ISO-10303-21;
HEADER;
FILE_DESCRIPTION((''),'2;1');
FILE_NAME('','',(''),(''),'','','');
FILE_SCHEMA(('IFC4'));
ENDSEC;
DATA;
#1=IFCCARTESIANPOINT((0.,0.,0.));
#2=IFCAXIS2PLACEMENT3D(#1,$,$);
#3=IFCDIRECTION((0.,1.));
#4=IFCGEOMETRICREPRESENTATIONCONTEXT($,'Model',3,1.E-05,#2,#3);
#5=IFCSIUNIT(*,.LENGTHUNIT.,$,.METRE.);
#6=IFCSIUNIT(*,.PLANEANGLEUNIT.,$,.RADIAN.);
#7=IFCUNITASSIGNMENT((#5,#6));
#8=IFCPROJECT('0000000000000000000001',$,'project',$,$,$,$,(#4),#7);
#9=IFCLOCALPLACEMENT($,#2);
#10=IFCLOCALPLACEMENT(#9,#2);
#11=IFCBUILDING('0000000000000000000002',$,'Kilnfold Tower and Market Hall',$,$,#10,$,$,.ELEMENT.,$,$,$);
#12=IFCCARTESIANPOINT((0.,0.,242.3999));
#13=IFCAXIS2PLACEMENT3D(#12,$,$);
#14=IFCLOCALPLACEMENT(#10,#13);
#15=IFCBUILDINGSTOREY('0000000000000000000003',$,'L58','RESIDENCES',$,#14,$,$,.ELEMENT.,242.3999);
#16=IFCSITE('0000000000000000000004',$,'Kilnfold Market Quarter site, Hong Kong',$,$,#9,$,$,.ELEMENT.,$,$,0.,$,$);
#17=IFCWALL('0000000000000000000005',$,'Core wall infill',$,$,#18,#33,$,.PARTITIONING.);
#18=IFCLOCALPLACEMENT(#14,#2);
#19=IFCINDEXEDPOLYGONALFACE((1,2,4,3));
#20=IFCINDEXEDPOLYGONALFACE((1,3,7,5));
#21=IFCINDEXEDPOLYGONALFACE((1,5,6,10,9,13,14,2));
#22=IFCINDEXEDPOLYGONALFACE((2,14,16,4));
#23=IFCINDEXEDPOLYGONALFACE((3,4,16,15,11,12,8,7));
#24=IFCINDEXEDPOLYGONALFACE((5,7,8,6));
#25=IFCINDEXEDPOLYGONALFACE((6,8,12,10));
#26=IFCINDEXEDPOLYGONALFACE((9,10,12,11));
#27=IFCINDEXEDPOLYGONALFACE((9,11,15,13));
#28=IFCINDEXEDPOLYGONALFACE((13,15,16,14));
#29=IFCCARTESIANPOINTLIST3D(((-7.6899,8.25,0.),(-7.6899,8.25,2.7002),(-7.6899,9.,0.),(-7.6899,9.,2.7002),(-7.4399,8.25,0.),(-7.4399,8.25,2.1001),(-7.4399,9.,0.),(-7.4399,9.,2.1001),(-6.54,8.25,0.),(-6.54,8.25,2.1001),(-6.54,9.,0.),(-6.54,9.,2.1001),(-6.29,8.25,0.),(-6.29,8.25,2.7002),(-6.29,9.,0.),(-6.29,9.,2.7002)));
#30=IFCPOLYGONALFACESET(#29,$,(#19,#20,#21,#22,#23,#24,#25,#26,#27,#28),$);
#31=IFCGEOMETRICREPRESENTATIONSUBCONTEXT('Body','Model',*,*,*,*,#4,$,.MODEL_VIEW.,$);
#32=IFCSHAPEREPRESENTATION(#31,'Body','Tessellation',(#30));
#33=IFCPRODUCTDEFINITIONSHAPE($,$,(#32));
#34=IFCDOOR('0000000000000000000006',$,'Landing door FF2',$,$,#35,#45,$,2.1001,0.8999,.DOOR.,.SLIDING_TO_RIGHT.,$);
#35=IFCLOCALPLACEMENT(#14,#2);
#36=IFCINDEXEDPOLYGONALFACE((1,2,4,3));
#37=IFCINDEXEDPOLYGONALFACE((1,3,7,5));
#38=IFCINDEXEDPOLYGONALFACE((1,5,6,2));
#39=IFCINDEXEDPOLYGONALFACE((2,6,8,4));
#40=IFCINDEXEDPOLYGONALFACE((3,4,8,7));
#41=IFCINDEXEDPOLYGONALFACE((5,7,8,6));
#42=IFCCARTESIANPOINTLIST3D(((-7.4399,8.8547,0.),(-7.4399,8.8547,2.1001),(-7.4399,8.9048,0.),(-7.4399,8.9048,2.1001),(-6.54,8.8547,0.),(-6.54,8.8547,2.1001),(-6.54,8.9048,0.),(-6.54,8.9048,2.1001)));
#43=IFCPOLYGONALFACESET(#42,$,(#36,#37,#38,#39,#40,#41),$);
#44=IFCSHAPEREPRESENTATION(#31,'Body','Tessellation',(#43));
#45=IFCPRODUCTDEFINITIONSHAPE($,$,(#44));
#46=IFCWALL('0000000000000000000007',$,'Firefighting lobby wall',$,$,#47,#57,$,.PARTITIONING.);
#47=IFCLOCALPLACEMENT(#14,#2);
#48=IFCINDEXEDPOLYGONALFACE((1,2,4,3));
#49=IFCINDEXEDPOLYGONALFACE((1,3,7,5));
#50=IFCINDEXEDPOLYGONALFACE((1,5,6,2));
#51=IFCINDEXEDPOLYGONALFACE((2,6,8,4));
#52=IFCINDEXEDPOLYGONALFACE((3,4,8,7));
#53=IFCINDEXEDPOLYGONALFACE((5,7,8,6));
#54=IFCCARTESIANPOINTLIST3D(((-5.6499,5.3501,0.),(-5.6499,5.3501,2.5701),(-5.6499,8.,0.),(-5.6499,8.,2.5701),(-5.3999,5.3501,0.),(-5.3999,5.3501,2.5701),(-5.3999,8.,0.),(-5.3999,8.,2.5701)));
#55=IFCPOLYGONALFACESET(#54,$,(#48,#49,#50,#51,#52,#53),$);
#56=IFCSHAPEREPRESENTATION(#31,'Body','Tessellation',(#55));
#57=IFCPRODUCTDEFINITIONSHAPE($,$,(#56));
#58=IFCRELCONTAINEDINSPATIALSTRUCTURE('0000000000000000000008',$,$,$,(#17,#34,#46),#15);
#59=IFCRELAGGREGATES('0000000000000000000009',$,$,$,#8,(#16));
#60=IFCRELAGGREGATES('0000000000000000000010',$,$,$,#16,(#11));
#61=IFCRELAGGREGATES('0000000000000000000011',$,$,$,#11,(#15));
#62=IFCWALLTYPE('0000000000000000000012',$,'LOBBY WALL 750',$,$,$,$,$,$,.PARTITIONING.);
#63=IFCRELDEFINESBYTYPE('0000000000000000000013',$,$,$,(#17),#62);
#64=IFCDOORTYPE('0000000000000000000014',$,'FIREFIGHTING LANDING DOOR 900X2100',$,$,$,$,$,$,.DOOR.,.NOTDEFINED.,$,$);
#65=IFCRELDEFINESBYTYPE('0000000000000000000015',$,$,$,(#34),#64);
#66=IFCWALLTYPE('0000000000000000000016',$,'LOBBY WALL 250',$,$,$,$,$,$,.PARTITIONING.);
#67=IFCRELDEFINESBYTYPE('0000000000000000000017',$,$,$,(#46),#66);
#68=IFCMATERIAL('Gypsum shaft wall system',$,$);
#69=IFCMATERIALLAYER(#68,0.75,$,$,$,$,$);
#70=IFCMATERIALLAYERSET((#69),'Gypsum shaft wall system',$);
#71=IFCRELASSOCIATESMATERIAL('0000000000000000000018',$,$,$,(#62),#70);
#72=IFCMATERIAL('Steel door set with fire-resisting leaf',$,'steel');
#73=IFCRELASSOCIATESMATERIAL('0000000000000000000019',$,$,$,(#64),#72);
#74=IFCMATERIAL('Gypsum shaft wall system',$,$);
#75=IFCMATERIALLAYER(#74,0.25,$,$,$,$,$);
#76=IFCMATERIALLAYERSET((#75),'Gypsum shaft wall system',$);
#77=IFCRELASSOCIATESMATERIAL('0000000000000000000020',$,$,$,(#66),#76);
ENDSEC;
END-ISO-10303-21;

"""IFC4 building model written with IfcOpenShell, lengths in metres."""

from ifc_helpers import new_model, si_unit, direction, frame, frame_2d, origin, place, context, subcontext, project, spatial, rectangle, extrude, source, transform, mapped, material, layer, layer_set, type_object, element, fill, save


model = new_model("IFC4")

# Units and contexts
model_context = context("Model", 3, precision=1e-05, world=origin(), true_north=direction((0.0, 1.0)))
body_context = subcontext(model_context, "Body", "Model", "MODEL_VIEW")
ifc_project = project(units=[si_unit("LENGTHUNIT", "METRE"), si_unit("PLANEANGLEUNIT", "RADIAN")], contexts=[model_context])

# Site, building, storey
site_placement = place(None, origin())
site = spatial("IfcSite", under=ifc_project, at=site_placement, Name="Kilnfold Market Quarter site, Hong Kong", CompositionType="ELEMENT", RefElevation=0.0)
building_placement = place(site_placement, origin())
building = spatial("IfcBuilding", under=site, at=building_placement, Name="Kilnfold Tower and Market Hall", CompositionType="ELEMENT")
storey_placement = place(building_placement, frame((0.0, 0.0, 242.3999)))
storey = spatial("IfcBuildingStorey", under=building, at=storey_placement, Name="L58", Description="RESIDENCES", CompositionType="ELEMENT", Elevation=242.3999)

# Wall, opening, door
ifc_material_1 = material(Name="Gypsum shaft wall system")
ifc_layer_1 = layer(ifc_material_1, 0.75)
ifc_layer_set_1 = layer_set([ifc_layer_1], Name="Gypsum shaft wall system")
wall_type_1 = type_object("IfcWallType", Name="LOBBY WALL 750", PredefinedType="PARTITIONING", material=ifc_layer_set_1)
ifc_material_2 = material(Name="Steel door set with fire-resisting leaf", Category="steel")
door_type_1 = type_object("IfcDoorType", Name="FIREFIGHTING LANDING DOOR 900X2100", OperationType="NOTDEFINED", PredefinedType="DOOR", material=ifc_material_2)
shared_shape_1 = source(origin(), body_context, "Body", "SweptSolid", [
    extrude(rectangle(XDim=1.3999, YDim=0.75, at=frame_2d((0.7, 0.0))), origin(), (0.0, 0.0, 1.0), 2.7002),
])
wall_1_placement = place(storey_placement, frame((-7.6899, 8.625, 0.0), z_axis=(0.0, 0.0, 1.0), x_axis=(1.0, 0.0, 0.0)))
wall_1 = element("IfcWall", 1, at=wall_1_placement, inside=storey, type_object=wall_type_1, Name="Core wall infill", PredefinedType="PARTITIONING", context=body_context, shape_type="MappedRepresentation", body=[
    mapped(shared_shape_1, transform((0.0, 0.0, 0.0))),
])
opening_1_placement = place(wall_1_placement, frame((0.25, 0.0, 0.0)))
opening_1 = element("IfcOpeningElement", 2, at=opening_1_placement, cuts=wall_1, PredefinedType="OPENING", context=body_context, shape_type="SweptSolid", body=[
    extrude(rectangle(XDim=0.8999, YDim=2.1001, at=frame_2d((0.45, 1.05))), frame((0.0, 0.385, 0.0), z_axis=(0.0, -1.0, 0.0), x_axis=(1.0, 0.0, 0.0)), (0.0, 0.0, 1.0), 0.77),
])
door_1_placement = place(opening_1_placement, origin())
door_1 = element("IfcDoor", 3, at=door_1_placement, inside=storey, type_object=door_type_1, Name="Landing door FF2", OperationType="SLIDING_TO_RIGHT", OverallHeight=2.1001, OverallWidth=0.8999, PredefinedType="DOOR", context=body_context, shape_type="SweptSolid", body=[
    extrude(rectangle(XDim=0.8999, YDim=2.1001, at=frame_2d((0.45, 1.05))), frame((0.0, 0.2798, 0.0), z_axis=(0.0, -1.0, 0.0), x_axis=(1.0, 0.0, 0.0)), (0.0, 0.0, 1.0), 0.05),
])
fill(opening_1, door_1)

# Wall
ifc_material_3 = material(Name="Gypsum shaft wall system")
ifc_layer_2 = layer(ifc_material_3, 0.25)
ifc_layer_set_2 = layer_set([ifc_layer_2], Name="Gypsum shaft wall system")
wall_type_2 = type_object("IfcWallType", Name="LOBBY WALL 250", PredefinedType="PARTITIONING", material=ifc_layer_set_2)
shared_shape_2 = source(origin(), body_context, "Body", "SweptSolid", [
    extrude(rectangle(XDim=2.6499, YDim=0.25, at=frame_2d((1.325, 0.0))), origin(), (0.0, 0.0, 1.0), 2.5701),
])
wall_2_placement = place(storey_placement, frame((-5.5249, 5.3501, 0.0), z_axis=(0.0, 0.0, 1.0), x_axis=(0.0, 1.0, 0.0)))
element("IfcWall", 4, at=wall_2_placement, inside=storey, type_object=wall_type_2, Name="Firefighting lobby wall", PredefinedType="PARTITIONING", context=body_context, shape_type="MappedRepresentation", body=[
    mapped(shared_shape_2, transform((0.0, 0.0, 0.0))),
])

save(model, "model.ifc")
